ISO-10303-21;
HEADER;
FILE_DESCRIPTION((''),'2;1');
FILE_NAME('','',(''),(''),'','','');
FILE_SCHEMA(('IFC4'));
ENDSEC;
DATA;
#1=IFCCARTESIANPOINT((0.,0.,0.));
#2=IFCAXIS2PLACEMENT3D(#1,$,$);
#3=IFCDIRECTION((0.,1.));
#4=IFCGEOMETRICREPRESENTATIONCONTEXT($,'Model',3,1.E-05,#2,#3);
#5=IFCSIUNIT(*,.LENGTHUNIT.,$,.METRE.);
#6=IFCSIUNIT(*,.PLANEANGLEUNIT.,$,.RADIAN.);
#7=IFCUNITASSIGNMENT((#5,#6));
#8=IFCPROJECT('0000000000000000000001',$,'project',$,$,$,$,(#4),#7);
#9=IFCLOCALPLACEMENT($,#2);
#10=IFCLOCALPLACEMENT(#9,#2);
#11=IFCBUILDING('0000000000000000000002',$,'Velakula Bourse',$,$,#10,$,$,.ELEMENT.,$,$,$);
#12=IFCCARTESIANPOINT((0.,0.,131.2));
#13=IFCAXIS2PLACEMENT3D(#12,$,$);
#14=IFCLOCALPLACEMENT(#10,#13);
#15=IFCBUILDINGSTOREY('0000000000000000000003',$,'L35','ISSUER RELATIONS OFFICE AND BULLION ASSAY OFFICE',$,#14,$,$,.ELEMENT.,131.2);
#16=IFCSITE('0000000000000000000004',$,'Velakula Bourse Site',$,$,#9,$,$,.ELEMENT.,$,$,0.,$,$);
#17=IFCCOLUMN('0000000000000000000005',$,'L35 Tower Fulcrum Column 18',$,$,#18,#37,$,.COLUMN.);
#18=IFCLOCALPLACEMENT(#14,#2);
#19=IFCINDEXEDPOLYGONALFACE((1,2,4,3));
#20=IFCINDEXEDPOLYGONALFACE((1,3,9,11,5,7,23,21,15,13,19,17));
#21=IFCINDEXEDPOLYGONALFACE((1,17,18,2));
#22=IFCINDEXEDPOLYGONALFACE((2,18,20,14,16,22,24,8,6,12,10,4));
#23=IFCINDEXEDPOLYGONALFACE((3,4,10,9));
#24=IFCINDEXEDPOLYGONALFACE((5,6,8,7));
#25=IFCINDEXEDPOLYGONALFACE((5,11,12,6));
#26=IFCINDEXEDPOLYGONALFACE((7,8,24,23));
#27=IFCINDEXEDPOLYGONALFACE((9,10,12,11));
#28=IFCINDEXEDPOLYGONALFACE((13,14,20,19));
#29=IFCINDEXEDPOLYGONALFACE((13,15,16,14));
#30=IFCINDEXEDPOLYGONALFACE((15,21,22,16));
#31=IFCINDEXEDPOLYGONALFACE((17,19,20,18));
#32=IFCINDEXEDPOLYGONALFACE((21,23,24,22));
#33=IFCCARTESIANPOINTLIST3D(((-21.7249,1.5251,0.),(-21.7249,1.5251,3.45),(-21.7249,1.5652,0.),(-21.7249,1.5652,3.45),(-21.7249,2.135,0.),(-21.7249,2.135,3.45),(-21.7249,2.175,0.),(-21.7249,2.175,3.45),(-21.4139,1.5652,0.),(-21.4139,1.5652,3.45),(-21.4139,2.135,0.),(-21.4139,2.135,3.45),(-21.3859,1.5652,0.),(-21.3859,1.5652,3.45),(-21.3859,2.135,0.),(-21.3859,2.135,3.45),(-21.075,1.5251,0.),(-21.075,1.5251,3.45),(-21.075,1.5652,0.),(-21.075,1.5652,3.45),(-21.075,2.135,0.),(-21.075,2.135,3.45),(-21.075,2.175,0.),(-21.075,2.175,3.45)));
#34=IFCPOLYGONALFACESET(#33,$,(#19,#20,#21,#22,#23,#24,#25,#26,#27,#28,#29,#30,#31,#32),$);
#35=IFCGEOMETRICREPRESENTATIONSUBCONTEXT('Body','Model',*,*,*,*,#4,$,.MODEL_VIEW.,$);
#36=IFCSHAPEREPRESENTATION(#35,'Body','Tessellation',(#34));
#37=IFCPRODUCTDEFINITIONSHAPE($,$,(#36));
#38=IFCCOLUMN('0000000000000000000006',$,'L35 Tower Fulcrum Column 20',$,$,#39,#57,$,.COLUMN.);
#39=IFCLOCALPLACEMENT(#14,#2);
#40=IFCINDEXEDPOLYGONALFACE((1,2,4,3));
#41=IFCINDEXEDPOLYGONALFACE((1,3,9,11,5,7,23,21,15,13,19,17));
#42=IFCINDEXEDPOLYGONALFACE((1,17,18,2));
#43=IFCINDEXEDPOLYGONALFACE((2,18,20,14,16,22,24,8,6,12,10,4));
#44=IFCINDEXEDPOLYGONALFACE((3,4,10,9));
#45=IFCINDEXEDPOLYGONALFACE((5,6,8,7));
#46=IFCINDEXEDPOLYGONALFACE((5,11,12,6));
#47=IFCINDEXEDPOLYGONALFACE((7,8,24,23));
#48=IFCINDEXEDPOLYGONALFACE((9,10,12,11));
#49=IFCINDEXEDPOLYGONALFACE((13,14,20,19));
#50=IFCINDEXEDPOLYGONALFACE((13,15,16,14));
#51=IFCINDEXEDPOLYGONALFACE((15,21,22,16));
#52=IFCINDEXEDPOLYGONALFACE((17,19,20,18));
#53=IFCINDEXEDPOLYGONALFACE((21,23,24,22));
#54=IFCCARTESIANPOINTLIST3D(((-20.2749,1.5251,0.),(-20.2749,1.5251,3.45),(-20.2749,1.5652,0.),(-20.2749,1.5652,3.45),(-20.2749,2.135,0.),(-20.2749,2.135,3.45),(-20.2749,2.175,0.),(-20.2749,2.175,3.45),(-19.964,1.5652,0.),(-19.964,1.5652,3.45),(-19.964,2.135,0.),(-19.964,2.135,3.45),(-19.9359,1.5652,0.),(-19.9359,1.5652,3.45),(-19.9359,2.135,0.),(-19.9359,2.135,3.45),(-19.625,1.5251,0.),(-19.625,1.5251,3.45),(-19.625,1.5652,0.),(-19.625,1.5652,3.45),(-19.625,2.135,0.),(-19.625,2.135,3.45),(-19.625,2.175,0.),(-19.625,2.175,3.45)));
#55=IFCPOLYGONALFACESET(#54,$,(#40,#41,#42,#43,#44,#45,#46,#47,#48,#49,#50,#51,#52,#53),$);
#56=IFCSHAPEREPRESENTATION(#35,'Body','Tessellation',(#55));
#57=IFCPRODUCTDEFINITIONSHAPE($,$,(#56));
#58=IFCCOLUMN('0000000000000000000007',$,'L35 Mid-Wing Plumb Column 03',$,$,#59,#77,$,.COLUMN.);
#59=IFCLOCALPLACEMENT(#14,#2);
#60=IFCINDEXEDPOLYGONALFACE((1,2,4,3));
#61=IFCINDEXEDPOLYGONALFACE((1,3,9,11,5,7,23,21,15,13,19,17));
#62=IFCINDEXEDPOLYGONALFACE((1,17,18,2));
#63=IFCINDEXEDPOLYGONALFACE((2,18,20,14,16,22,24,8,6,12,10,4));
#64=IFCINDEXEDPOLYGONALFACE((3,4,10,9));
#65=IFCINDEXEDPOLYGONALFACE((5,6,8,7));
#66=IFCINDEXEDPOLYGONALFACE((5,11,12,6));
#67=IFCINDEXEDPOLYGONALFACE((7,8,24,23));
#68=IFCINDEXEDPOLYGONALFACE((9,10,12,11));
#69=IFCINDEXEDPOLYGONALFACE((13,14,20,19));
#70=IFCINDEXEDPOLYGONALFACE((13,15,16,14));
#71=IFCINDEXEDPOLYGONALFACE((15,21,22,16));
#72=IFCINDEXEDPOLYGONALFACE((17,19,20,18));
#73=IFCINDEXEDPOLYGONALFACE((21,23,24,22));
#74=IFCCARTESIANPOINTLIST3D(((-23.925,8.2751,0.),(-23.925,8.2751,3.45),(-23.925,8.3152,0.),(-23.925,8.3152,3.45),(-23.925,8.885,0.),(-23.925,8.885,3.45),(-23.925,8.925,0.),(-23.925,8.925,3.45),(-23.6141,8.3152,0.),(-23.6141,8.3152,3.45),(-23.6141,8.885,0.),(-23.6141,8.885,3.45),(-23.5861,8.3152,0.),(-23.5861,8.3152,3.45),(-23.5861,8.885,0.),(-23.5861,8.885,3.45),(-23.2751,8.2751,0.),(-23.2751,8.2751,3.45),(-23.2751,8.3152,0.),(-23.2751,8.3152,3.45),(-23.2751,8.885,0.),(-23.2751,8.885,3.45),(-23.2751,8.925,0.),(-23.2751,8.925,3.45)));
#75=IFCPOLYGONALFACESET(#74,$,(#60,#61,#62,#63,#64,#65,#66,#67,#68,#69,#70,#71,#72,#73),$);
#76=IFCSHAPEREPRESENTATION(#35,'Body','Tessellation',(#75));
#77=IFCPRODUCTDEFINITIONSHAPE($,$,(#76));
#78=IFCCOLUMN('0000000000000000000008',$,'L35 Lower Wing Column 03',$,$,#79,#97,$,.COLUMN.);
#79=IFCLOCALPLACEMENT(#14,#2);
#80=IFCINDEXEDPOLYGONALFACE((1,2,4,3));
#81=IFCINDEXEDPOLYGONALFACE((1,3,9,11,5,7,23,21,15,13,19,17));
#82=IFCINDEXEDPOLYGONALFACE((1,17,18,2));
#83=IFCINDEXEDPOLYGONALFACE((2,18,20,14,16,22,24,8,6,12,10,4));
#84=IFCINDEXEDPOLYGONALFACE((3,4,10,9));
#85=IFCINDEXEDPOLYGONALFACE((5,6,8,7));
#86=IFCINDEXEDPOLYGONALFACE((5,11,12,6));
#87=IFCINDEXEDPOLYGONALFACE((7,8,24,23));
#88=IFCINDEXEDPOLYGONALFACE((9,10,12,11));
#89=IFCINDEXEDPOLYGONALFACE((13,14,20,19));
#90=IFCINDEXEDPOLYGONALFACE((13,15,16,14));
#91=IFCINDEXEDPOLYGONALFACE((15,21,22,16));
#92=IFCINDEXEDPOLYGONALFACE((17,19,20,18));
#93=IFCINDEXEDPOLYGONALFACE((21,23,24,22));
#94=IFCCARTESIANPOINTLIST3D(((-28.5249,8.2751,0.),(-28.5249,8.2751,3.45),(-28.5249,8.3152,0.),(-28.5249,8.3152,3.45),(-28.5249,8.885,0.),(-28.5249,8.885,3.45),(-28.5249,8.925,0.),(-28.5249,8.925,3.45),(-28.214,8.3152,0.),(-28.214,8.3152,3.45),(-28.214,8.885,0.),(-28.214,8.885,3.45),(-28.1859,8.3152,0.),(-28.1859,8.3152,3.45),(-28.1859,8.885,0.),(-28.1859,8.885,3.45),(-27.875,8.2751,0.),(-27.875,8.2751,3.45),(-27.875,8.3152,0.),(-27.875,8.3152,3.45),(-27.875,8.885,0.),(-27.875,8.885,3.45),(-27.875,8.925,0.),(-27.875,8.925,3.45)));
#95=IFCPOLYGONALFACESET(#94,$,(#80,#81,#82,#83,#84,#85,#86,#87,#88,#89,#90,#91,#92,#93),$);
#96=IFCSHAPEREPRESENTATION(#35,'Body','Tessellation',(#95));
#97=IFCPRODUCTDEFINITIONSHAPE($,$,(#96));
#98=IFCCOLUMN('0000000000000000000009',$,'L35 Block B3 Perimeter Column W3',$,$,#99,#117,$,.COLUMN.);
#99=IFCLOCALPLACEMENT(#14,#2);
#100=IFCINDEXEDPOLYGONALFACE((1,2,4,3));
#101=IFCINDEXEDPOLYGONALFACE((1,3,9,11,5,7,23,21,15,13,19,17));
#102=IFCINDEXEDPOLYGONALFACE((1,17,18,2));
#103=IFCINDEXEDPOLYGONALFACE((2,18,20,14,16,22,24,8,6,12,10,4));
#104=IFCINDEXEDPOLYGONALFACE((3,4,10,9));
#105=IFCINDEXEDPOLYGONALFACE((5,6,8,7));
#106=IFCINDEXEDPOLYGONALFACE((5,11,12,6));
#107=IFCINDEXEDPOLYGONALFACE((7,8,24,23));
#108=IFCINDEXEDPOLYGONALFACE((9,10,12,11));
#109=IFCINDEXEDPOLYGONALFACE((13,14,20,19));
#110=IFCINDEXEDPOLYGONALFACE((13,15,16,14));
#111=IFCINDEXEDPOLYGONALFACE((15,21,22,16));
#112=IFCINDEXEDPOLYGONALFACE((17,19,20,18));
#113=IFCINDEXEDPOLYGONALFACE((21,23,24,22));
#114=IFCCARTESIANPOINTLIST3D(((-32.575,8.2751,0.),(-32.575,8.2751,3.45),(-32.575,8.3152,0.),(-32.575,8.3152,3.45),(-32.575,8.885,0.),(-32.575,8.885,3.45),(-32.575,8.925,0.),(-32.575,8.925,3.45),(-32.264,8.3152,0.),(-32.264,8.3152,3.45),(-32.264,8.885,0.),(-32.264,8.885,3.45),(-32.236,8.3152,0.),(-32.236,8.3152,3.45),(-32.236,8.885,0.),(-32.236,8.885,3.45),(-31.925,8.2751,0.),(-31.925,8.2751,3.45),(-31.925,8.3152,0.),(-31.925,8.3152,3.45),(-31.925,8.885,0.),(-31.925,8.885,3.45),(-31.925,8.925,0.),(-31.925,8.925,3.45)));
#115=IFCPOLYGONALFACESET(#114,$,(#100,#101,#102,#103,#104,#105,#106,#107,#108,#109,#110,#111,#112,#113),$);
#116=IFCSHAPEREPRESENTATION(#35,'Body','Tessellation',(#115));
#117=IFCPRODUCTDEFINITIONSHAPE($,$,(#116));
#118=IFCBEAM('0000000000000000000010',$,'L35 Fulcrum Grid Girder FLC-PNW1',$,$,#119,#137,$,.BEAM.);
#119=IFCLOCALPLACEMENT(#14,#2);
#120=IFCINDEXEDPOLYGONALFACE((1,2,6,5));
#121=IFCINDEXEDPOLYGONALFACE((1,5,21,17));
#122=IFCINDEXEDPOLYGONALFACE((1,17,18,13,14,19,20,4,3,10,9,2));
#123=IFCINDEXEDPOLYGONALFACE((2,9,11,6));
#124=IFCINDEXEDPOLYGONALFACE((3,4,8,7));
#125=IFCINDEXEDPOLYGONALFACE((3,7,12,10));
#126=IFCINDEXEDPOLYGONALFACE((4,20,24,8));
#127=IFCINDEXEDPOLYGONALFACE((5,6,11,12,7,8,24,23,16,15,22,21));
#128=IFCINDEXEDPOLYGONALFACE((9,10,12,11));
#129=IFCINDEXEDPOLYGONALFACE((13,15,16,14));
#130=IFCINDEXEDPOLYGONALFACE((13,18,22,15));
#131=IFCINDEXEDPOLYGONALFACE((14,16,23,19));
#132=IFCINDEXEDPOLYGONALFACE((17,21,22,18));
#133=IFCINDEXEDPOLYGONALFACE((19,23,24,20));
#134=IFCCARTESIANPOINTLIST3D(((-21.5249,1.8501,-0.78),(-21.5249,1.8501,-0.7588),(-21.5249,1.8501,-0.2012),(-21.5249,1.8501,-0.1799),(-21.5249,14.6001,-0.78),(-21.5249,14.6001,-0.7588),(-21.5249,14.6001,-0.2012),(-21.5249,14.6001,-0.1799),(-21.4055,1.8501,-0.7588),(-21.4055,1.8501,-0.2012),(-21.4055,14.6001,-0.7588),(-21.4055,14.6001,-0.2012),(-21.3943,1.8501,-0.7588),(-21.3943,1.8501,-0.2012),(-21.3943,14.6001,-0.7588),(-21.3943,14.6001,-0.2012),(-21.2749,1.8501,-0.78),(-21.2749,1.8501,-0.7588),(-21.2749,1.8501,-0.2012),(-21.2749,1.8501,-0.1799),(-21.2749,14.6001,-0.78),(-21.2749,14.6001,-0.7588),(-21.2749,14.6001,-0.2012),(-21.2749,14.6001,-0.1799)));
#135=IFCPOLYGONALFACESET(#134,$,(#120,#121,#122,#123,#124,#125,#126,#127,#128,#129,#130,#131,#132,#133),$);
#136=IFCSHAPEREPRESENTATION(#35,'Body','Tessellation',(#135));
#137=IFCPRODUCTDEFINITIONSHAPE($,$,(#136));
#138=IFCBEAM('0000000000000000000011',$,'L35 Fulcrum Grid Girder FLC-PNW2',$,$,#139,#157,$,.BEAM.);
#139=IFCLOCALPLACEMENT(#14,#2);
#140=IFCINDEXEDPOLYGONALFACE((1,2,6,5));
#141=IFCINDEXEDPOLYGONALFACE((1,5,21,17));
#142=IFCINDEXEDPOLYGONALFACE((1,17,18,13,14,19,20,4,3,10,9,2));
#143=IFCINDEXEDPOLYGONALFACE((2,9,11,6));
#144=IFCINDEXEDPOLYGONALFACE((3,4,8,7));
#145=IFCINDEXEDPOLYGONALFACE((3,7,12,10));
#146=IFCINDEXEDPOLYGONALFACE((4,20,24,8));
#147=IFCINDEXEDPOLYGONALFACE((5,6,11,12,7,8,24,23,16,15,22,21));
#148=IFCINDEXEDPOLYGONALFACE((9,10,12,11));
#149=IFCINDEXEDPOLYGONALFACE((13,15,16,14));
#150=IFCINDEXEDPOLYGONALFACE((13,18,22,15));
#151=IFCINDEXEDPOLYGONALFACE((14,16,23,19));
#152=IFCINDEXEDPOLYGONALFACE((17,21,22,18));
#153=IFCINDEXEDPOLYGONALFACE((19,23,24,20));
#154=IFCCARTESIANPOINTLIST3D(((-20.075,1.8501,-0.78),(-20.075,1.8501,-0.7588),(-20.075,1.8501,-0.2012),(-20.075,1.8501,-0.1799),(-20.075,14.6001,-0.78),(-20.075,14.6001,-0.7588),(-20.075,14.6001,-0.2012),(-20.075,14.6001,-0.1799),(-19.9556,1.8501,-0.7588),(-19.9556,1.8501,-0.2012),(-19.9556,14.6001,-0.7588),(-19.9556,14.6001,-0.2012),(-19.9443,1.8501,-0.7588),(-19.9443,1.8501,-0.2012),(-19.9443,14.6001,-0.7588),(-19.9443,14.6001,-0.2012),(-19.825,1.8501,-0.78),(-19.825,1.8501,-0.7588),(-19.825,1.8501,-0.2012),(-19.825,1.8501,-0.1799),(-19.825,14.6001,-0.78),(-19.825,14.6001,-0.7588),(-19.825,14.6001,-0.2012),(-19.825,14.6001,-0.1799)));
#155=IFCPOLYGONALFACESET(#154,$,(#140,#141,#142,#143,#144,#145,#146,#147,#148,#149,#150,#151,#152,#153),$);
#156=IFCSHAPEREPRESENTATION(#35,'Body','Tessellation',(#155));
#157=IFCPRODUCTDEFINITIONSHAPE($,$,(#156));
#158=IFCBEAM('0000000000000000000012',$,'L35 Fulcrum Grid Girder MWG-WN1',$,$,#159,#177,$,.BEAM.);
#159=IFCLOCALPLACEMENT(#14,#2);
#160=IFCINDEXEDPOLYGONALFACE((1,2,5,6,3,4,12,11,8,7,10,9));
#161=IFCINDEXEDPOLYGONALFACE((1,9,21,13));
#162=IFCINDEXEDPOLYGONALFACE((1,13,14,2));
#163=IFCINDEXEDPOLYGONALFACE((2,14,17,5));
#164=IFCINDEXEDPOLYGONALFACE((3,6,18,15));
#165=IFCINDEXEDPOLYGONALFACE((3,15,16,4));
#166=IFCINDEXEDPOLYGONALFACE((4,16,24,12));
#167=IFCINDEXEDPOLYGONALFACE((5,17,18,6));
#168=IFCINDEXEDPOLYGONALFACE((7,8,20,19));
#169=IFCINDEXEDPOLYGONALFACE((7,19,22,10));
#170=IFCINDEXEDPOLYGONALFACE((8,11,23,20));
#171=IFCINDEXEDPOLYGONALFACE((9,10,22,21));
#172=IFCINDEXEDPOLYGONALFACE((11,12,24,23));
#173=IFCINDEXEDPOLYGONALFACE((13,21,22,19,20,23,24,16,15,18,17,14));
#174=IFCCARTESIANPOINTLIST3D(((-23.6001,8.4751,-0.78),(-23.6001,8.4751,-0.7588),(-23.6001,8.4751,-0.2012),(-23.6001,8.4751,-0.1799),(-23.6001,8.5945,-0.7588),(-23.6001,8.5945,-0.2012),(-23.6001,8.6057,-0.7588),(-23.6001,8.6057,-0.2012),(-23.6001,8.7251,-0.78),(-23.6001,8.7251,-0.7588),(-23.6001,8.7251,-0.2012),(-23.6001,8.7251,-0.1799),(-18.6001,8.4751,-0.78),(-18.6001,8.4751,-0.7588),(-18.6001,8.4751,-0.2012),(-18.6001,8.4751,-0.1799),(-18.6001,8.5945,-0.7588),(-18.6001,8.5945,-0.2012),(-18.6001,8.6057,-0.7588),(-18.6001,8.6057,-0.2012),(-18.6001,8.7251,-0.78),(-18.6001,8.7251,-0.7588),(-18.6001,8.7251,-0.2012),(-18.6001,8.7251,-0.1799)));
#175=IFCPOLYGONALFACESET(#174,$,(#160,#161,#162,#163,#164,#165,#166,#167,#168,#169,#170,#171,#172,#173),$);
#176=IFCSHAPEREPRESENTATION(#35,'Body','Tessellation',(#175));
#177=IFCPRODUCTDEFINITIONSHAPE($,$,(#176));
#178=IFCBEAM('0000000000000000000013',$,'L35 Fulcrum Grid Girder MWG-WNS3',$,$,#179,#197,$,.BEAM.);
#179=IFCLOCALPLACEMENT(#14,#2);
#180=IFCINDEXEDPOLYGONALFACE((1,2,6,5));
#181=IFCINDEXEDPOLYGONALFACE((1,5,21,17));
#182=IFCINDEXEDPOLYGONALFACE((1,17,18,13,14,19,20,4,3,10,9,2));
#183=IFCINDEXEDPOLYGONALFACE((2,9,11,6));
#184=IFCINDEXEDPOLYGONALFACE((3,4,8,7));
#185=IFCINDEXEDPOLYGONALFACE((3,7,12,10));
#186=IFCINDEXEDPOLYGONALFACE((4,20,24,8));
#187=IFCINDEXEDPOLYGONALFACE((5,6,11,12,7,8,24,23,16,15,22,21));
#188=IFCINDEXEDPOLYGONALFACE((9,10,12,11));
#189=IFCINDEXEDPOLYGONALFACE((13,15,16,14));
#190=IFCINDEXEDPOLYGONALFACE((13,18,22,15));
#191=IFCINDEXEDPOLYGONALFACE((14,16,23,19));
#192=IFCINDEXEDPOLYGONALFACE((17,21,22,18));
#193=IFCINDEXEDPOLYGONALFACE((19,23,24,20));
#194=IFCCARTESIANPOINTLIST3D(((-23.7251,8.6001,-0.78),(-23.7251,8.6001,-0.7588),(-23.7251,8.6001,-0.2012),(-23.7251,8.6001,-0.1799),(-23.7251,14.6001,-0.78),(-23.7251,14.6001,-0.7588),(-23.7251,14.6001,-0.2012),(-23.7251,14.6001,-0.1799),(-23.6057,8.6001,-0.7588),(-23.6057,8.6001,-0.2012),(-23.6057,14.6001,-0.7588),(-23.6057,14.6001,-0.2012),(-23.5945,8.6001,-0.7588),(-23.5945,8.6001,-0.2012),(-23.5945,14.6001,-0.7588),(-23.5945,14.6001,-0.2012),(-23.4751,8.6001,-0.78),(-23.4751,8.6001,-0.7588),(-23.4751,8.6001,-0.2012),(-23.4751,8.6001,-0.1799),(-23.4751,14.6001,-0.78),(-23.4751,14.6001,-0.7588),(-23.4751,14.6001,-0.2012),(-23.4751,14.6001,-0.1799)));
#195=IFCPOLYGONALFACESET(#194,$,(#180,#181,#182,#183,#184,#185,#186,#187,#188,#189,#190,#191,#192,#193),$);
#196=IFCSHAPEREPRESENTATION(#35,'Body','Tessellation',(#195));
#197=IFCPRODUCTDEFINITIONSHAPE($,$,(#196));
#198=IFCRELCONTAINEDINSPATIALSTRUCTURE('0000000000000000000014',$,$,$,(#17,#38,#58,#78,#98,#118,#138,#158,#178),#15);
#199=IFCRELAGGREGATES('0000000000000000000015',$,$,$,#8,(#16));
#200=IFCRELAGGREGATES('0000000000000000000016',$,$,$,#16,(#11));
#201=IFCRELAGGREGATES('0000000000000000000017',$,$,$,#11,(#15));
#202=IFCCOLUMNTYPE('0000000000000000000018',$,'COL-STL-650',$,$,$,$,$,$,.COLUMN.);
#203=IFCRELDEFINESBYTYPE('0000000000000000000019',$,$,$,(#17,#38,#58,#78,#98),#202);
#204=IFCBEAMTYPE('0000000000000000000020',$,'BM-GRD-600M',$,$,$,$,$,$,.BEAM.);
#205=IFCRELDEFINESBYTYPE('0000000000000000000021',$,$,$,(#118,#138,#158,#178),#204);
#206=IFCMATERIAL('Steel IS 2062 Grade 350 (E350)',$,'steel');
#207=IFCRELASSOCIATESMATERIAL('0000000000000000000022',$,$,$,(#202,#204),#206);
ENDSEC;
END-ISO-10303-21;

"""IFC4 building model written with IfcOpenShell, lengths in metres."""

from ifc_helpers import new_model, si_unit, direction, frame, origin, origin_2d, place, context, subcontext, project, spatial, i_section, extrude, material, material_profile, profile_set, type_object, element, save


model = new_model("IFC4")

# Units and contexts
model_context = context("Model", 3, precision=1e-05, world=origin(), true_north=direction((0.0, 1.0)))
body_context = subcontext(model_context, "Body", "Model", "MODEL_VIEW")
ifc_project = project(units=[si_unit("LENGTHUNIT", "METRE"), si_unit("PLANEANGLEUNIT", "RADIAN")], contexts=[model_context])

# Site, building, storey
site_placement = place(None, origin())
site = spatial("IfcSite", under=ifc_project, at=site_placement, Name="Velakula Bourse Site", CompositionType="ELEMENT", RefElevation=0.0)
building_placement = place(site_placement, origin())
building = spatial("IfcBuilding", under=site, at=building_placement, Name="Velakula Bourse", CompositionType="ELEMENT")
storey_placement = place(building_placement, frame((0.0, 0.0, 131.2)))
storey = spatial("IfcBuildingStorey", under=building, at=storey_placement, Name="L35", Description="ISSUER RELATIONS OFFICE AND BULLION ASSAY OFFICE", CompositionType="ELEMENT", Elevation=131.2)

# Columns
ifc_material_1 = material(Name="Steel IS 2062 Grade 350 (E350)", Category="steel")
ifc_material_profile_1 = material_profile(ifc_material_1, i_section(OverallWidth=0.6499, OverallDepth=0.6499, WebThickness=0.0281, FlangeThickness=0.04, at=origin_2d()), Name="Steel IS 2062 Grade 350 (E350)")
ifc_profile_set_1 = profile_set([ifc_material_profile_1], Name="Steel IS 2062 Grade 350 (E350)")
column_type = type_object("IfcColumnType", Name="COL-STL-650", PredefinedType="COLUMN", material=ifc_profile_set_1)
for number, where, z_axis, x_axis, name in (
    (1, (-21.3999, 1.8501, 0.0), (0.0, 0.0, 1.0), (1.0, 0.0, 0.0), "L35 Tower Fulcrum Column 18"),
    (2, (-19.95, 1.8501, 0.0), (0.0, 0.0, 1.0), (1.0, 0.0, 0.0), "L35 Tower Fulcrum Column 20"),
    (3, (-23.6001, 8.6001, 0.0), (0.0, 0.0, 1.0), (1.0, 0.0, 0.0), "L35 Mid-Wing Plumb Column 03"),
    (4, (-28.2, 8.6001, 0.0), (0.0, 0.0, 1.0), (1.0, 0.0, 0.0), "L35 Lower Wing Column 03"),
    (5, (-32.25, 8.6001, 0.0), (0.0, 0.0, 1.0), (1.0, 0.0, 0.0), "L35 Block B3 Perimeter Column W3"),
):
    element("IfcColumn", number, at=place(storey_placement, frame(where, z_axis=z_axis, x_axis=x_axis)), inside=storey, type_object=column_type, Name=name, PredefinedType="COLUMN", context=body_context, shape_type="SweptSolid", body=[
        extrude(i_section(OverallWidth=0.6499, OverallDepth=0.6499, WebThickness=0.0281, FlangeThickness=0.04, at=origin_2d()), origin(), (0.0, 0.0, 1.0), 3.45),
    ])

# Beams
ifc_material_profile_2 = material_profile(ifc_material_1, i_section(OverallWidth=0.25, OverallDepth=0.6001, WebThickness=0.0112, FlangeThickness=0.0212, at=origin_2d()), Name="Steel IS 2062 Grade 350 (E350)")
ifc_profile_set_2 = profile_set([ifc_material_profile_2], Name="Steel IS 2062 Grade 350 (E350)")
beam_type_1 = type_object("IfcBeamType", Name="BM-GRD-600M", PredefinedType="BEAM", material=ifc_profile_set_2)
for number, where, z_axis, x_axis, name in (
    (6, (-21.3999, 1.8501, -0.48), (0.0, 1.0, 0.0), (-1.0, 0.0, 0.0), "L35 Fulcrum Grid Girder FLC-PNW1"),
    (7, (-19.95, 1.8501, -0.48), (0.0, 1.0, 0.0), (-1.0, 0.0, 0.0), "L35 Fulcrum Grid Girder FLC-PNW2"),
):
    element("IfcBeam", number, at=place(storey_placement, frame(where, z_axis=z_axis, x_axis=x_axis)), inside=storey, type_object=beam_type_1, Name=name, PredefinedType="BEAM", context=body_context, shape_type="SweptSolid", body=[
        extrude(i_section(OverallWidth=0.25, OverallDepth=0.6001, WebThickness=0.0112, FlangeThickness=0.0212, at=origin_2d()), origin(), (0.0, 0.0, 1.0), 12.75),
    ])
beam_1_placement = place(storey_placement, frame((-23.6001, 8.6001, -0.48), z_axis=(1.0, 0.0, 0.0), x_axis=(0.0, 1.0, 0.0)))
element("IfcBeam", 8, at=beam_1_placement, inside=storey, type_object=beam_type_1, Name="L35 Fulcrum Grid Girder MWG-WN1", PredefinedType="BEAM", context=body_context, shape_type="SweptSolid", body=[
    extrude(i_section(OverallWidth=0.25, OverallDepth=0.6001, WebThickness=0.0112, FlangeThickness=0.0212, at=origin_2d()), origin(), (0.0, 0.0, 1.0), 5.0),
])
beam_2_placement = place(storey_placement, frame((-23.6001, 8.6001, -0.48), z_axis=(0.0, 1.0, 0.0), x_axis=(-1.0, 0.0, 0.0)))
element("IfcBeam", 9, at=beam_2_placement, inside=storey, type_object=beam_type_1, Name="L35 Fulcrum Grid Girder MWG-WNS3", PredefinedType="BEAM", context=body_context, shape_type="SweptSolid", body=[
    extrude(i_section(OverallWidth=0.25, OverallDepth=0.6001, WebThickness=0.0112, FlangeThickness=0.0212, at=origin_2d()), origin(), (0.0, 0.0, 1.0), 6.0),
])

save(model, "model.ifc")
